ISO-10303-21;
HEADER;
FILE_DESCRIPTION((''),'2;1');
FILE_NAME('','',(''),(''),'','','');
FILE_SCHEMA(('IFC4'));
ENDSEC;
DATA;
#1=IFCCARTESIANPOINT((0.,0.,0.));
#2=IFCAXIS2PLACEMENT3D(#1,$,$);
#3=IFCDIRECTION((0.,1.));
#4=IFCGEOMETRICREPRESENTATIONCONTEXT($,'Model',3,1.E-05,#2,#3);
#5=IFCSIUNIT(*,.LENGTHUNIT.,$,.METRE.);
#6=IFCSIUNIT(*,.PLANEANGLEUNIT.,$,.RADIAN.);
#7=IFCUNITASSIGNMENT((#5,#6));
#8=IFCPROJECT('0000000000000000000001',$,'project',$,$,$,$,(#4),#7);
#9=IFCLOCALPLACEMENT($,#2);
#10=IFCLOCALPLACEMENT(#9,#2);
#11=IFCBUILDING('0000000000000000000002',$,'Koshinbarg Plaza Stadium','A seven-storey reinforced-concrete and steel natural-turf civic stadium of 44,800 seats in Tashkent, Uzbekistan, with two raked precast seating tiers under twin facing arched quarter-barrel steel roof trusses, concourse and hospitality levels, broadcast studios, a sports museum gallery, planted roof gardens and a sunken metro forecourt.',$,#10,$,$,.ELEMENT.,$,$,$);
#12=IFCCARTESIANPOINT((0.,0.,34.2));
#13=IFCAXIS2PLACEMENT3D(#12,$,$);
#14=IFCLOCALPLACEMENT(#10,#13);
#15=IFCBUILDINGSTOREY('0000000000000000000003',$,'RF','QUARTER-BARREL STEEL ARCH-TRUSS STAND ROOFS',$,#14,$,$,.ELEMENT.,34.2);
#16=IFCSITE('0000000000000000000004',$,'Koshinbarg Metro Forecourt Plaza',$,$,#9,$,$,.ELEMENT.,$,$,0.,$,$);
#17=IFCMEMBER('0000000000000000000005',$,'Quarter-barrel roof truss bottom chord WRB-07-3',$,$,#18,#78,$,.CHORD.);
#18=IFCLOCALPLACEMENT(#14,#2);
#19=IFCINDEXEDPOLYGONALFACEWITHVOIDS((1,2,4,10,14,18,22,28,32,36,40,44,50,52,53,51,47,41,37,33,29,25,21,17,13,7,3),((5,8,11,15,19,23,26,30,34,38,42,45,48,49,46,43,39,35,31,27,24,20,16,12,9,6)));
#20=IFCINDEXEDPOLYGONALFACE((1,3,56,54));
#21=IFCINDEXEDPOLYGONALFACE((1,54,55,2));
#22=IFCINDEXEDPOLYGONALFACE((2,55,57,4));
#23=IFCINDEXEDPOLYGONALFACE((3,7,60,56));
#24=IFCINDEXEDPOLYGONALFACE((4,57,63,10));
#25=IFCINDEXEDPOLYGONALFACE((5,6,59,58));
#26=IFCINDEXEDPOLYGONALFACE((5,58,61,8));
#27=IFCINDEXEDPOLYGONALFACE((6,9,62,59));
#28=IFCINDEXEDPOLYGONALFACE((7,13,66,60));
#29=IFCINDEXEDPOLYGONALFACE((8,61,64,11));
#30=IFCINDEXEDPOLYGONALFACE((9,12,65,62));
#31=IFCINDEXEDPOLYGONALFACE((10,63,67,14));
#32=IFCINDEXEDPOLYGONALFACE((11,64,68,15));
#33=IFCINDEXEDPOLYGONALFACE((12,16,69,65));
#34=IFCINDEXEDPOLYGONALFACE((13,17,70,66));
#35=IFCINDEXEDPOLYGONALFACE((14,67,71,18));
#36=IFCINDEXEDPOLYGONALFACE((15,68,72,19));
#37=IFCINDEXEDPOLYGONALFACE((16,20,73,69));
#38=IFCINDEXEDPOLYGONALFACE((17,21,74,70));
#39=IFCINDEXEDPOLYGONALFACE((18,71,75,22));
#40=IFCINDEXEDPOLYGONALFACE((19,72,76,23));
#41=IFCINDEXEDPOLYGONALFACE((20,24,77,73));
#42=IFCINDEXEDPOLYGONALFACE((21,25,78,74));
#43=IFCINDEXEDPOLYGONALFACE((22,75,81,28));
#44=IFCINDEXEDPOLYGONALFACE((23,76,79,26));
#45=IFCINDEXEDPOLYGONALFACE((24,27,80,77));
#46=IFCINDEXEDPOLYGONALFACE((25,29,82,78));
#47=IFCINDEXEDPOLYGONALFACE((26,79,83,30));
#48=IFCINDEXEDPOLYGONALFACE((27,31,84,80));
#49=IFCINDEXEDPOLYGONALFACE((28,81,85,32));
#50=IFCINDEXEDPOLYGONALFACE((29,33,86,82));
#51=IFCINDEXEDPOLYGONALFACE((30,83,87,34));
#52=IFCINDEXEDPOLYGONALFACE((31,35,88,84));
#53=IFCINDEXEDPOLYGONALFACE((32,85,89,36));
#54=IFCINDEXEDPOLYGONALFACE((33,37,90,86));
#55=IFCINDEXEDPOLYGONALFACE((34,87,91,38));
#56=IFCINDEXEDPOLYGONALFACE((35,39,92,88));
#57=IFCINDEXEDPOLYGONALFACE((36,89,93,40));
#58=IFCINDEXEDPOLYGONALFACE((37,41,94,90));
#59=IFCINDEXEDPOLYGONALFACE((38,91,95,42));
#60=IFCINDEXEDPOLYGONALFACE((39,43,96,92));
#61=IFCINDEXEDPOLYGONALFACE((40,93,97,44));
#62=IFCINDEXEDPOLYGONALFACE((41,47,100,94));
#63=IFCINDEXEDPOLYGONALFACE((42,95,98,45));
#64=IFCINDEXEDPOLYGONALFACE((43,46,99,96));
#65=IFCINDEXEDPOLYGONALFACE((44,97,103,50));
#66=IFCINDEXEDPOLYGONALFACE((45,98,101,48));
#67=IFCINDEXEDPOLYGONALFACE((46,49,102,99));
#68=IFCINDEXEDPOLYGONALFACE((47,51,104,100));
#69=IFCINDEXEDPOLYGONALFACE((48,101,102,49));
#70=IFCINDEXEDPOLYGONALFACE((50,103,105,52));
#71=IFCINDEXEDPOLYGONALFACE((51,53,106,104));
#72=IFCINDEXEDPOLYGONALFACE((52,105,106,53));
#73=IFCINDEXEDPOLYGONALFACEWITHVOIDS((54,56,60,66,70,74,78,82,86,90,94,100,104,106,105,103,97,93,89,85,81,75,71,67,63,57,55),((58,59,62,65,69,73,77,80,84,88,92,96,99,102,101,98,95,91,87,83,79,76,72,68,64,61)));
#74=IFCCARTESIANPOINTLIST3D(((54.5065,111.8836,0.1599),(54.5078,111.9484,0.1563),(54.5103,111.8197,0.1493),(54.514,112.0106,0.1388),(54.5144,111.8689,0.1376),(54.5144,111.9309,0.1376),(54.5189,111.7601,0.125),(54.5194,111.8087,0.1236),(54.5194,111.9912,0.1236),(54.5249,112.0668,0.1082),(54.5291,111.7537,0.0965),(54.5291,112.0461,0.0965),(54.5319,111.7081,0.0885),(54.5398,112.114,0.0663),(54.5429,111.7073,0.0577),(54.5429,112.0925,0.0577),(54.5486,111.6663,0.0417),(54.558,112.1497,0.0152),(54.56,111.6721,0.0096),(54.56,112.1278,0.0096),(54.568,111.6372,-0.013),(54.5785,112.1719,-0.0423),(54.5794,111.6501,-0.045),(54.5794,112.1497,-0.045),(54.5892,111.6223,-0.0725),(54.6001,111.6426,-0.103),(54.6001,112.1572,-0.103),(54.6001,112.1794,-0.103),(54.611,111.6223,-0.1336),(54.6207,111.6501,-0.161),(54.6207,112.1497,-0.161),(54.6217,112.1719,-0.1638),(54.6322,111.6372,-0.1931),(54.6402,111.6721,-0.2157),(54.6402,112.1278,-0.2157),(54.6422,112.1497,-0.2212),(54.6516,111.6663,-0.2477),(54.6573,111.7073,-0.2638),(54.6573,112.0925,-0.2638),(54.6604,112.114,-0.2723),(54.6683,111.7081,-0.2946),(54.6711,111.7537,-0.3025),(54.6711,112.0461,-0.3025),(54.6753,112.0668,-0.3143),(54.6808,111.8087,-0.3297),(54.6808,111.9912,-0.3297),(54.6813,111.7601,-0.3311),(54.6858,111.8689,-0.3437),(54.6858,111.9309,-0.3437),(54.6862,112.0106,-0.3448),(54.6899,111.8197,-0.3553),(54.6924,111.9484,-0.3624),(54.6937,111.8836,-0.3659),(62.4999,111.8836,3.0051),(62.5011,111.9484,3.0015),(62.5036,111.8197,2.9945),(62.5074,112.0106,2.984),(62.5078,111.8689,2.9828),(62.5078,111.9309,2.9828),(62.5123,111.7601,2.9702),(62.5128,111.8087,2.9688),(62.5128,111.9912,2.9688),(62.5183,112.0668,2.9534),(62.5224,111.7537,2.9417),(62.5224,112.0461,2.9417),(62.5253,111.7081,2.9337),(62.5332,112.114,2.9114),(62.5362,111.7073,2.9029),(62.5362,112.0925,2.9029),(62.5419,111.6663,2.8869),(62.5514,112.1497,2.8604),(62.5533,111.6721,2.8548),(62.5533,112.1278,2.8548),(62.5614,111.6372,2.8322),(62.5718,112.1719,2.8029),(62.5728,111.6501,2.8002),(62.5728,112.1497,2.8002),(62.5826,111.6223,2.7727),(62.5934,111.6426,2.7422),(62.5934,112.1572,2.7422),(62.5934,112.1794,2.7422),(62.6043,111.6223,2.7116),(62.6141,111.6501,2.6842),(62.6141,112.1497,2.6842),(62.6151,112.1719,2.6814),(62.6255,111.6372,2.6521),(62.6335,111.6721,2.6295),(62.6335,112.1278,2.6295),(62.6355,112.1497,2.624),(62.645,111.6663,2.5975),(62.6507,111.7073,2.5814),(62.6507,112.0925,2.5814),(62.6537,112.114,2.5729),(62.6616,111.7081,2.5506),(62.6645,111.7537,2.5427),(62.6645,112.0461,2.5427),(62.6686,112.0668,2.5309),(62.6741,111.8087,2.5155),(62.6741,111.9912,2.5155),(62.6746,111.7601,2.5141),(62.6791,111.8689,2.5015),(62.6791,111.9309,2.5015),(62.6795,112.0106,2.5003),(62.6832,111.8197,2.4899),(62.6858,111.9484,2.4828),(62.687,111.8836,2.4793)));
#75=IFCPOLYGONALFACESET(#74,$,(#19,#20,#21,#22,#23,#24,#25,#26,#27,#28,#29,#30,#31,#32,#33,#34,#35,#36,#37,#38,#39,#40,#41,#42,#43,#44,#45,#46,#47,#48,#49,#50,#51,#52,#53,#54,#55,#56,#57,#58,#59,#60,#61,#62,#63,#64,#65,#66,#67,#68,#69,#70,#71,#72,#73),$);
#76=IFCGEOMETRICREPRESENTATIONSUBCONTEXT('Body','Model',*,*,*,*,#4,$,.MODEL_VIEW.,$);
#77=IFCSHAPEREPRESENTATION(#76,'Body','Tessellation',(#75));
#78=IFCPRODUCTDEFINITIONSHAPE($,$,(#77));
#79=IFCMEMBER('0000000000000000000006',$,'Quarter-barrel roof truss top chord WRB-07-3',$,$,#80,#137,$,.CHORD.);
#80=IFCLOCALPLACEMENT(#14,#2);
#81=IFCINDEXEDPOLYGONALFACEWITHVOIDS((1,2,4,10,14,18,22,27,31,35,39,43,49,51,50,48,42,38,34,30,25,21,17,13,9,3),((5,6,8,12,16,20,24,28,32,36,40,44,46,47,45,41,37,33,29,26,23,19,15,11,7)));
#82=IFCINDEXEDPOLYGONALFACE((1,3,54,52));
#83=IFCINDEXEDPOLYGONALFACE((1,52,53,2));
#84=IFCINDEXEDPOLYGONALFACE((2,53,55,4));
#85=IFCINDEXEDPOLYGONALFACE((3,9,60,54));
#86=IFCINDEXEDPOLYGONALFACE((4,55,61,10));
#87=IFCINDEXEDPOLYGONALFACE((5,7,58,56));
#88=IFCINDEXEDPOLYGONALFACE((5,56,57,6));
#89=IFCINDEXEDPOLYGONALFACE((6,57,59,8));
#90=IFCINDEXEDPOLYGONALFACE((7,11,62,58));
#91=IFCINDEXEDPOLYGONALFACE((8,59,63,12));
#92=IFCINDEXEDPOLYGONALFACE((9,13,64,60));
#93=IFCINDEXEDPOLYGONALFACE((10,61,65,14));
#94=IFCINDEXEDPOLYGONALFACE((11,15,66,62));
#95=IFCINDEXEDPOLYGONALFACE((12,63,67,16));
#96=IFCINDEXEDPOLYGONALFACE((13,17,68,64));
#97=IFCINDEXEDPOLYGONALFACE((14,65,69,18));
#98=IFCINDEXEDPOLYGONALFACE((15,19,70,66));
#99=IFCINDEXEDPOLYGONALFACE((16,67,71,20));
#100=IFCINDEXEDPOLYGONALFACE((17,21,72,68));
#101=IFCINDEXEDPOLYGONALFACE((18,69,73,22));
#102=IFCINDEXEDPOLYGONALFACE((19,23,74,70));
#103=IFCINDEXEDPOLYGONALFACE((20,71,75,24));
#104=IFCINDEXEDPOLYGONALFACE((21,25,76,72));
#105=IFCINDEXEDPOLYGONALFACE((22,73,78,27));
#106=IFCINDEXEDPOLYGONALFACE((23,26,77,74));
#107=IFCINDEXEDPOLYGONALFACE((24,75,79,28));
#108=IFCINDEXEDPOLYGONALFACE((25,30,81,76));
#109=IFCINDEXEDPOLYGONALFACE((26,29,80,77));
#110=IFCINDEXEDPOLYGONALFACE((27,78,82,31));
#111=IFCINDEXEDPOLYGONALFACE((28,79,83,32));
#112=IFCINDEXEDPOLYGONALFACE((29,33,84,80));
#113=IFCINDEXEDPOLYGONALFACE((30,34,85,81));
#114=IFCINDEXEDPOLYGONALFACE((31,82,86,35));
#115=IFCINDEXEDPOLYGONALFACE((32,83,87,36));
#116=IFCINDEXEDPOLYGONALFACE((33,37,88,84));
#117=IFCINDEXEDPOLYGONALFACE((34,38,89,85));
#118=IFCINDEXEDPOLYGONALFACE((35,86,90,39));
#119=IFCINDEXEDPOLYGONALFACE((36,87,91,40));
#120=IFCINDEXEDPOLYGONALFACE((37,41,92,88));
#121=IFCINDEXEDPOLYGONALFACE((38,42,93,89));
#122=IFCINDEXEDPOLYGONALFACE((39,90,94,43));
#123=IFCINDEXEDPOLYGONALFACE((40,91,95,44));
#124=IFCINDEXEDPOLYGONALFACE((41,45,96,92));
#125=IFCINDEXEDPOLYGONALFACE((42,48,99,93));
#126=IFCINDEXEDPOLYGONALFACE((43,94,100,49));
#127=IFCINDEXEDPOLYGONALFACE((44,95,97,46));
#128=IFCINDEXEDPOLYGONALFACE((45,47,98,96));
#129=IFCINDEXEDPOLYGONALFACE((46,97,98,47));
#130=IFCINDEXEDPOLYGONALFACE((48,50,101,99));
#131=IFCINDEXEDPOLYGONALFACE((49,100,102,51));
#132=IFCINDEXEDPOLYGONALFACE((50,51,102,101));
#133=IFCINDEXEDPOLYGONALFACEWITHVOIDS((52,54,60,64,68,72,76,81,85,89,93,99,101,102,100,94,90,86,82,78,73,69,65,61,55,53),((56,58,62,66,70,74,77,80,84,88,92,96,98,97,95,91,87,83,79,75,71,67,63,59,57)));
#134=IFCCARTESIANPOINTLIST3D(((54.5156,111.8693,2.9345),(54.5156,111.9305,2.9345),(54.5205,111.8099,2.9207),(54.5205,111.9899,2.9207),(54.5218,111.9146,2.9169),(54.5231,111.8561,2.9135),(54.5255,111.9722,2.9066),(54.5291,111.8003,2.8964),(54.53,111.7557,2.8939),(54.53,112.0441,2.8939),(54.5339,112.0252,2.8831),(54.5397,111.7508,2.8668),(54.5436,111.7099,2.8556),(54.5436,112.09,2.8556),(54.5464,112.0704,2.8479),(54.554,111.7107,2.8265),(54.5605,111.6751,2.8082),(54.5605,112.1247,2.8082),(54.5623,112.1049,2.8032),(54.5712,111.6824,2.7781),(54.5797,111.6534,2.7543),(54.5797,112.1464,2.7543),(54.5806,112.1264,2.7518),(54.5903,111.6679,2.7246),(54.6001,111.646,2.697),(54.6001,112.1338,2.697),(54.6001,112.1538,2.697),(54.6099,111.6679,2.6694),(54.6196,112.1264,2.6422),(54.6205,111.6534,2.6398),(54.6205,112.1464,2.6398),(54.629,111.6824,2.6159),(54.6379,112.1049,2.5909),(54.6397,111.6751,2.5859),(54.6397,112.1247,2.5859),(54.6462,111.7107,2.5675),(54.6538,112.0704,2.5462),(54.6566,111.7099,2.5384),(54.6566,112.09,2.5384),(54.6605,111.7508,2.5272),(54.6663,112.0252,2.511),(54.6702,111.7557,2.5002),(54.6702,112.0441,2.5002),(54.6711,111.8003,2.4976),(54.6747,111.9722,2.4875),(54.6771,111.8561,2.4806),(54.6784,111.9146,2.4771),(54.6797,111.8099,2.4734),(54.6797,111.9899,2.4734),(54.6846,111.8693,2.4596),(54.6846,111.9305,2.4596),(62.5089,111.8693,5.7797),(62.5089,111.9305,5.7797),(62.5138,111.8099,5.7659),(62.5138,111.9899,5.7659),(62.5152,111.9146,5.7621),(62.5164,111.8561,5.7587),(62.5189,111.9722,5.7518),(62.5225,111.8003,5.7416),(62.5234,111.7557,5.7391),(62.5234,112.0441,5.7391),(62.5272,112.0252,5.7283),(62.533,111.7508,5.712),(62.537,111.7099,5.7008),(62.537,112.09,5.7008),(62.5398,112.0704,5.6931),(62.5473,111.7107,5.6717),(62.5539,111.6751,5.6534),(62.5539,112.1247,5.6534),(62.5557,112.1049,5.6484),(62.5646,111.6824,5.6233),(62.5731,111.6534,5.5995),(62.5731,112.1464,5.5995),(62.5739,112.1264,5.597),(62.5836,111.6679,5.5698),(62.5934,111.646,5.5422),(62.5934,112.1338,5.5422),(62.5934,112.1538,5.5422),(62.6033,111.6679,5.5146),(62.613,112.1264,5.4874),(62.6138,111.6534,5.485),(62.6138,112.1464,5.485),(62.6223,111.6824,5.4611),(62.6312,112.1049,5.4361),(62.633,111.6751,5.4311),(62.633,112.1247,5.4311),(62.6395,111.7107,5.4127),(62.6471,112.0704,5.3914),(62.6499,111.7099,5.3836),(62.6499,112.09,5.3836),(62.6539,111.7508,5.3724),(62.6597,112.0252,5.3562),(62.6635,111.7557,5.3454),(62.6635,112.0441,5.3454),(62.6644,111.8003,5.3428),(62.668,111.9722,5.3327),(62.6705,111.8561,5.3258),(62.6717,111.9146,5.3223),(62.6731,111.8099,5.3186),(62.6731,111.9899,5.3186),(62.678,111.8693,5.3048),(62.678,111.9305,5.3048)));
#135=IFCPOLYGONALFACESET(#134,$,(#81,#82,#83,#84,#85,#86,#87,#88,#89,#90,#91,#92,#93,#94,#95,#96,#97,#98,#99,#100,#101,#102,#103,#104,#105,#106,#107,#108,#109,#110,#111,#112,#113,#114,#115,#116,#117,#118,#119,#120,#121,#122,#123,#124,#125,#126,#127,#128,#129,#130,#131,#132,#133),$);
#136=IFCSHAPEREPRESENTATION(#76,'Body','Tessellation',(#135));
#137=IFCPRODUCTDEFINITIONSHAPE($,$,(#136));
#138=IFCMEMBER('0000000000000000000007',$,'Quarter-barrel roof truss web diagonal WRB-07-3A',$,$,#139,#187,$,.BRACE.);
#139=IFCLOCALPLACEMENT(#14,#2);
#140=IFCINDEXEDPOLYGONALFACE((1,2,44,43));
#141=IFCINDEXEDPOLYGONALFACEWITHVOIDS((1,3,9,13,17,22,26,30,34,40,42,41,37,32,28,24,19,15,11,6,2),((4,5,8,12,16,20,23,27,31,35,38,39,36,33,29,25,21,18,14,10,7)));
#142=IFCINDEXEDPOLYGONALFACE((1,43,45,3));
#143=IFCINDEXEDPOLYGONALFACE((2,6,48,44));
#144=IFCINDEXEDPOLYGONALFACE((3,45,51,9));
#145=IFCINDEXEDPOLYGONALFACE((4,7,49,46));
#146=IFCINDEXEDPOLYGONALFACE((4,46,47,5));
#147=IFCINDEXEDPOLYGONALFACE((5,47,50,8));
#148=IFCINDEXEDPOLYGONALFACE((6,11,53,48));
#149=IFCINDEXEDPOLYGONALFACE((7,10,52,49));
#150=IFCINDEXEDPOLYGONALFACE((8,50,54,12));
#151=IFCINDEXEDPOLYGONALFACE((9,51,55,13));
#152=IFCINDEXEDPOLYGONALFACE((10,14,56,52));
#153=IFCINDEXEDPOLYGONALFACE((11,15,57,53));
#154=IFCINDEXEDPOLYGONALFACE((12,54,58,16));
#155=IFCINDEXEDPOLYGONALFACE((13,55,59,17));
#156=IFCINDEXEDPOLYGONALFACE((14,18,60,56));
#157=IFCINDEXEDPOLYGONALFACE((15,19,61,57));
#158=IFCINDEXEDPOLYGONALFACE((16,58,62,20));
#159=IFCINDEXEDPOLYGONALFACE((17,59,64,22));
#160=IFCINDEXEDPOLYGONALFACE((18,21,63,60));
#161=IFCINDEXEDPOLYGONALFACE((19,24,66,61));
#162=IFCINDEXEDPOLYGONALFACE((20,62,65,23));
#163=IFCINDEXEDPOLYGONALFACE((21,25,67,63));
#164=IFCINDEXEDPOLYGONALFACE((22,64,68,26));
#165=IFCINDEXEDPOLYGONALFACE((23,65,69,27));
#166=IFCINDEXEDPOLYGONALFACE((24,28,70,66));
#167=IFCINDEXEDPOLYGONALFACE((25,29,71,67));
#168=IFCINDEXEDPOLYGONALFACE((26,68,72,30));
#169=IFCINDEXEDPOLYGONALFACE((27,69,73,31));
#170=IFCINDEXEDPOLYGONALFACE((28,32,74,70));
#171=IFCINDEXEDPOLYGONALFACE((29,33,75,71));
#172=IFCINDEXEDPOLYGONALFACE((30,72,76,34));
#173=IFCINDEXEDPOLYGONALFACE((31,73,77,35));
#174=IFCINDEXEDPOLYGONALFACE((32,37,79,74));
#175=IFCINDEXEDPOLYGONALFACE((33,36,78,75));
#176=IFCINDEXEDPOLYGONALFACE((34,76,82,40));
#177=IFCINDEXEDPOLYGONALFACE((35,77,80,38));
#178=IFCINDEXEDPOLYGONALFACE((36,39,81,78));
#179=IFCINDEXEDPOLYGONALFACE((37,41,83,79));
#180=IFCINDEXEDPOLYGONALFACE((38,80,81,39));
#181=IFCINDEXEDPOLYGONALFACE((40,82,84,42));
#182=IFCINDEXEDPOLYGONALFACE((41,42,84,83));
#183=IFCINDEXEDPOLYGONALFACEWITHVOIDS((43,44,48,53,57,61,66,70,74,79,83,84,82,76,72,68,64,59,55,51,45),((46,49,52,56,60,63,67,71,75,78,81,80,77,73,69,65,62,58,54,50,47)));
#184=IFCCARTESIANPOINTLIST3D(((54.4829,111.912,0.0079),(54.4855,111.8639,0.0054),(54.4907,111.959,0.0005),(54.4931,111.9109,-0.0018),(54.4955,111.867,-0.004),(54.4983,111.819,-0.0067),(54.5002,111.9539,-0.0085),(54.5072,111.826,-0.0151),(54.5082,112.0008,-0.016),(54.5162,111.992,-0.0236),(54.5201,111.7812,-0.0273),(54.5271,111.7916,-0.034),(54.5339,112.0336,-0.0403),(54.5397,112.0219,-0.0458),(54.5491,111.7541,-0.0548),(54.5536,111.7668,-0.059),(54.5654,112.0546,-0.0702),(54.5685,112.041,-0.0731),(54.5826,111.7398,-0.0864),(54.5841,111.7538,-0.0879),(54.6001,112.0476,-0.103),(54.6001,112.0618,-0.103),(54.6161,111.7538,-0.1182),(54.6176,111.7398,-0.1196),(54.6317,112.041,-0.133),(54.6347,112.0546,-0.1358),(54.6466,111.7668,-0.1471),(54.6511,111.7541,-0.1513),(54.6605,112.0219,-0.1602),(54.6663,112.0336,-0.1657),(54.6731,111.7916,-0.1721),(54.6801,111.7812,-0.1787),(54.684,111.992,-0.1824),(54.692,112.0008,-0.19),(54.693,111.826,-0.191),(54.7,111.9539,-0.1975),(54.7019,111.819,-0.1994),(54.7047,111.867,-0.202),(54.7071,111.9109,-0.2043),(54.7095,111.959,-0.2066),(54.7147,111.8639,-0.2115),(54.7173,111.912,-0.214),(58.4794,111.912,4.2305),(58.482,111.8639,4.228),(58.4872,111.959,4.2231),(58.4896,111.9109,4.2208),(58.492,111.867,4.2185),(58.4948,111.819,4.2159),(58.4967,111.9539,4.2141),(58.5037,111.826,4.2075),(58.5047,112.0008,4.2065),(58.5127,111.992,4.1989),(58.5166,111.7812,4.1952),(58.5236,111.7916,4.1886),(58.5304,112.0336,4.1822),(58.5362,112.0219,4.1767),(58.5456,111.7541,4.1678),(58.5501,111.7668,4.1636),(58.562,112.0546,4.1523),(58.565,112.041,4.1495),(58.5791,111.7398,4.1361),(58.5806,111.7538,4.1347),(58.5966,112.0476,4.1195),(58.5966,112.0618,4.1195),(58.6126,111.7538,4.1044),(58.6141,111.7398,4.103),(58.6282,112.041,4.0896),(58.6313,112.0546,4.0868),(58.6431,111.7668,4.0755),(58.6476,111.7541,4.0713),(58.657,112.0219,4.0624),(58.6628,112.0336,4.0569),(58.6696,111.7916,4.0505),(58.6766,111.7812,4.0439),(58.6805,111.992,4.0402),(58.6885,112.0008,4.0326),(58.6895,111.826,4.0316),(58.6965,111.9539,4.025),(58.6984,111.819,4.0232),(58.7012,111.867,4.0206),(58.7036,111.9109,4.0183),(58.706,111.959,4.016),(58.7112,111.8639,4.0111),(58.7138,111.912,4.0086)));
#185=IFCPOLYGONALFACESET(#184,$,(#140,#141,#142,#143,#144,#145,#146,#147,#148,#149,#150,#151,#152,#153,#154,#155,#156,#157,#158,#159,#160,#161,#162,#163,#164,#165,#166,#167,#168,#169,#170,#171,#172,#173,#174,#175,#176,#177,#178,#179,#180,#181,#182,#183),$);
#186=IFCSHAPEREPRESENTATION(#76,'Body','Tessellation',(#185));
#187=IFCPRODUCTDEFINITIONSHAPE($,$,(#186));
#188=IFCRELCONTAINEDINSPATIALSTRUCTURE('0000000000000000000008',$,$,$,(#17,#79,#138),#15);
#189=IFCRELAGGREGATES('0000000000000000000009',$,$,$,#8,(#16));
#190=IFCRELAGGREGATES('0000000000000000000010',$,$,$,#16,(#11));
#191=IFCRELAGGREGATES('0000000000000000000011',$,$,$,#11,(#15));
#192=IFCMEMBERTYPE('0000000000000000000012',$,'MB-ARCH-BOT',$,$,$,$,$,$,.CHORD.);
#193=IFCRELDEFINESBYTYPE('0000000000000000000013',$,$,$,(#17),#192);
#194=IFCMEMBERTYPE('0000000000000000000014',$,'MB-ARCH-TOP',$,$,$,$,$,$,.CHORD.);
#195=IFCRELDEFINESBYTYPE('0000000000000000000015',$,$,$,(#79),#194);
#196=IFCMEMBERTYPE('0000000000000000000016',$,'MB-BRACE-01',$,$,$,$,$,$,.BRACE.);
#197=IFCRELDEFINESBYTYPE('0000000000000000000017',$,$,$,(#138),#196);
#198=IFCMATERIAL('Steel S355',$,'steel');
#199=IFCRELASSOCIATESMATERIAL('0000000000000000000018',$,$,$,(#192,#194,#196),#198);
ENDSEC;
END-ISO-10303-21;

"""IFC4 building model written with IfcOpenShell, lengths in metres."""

from ifc_helpers import new_model, si_unit, direction, frame, origin, origin_2d, place, context, subcontext, project, spatial, hollow_circle, extrude, material, material_profile, profile_set, type_object, element, save


model = new_model("IFC4")

# Units and contexts
model_context = context("Model", 3, precision=1e-05, world=origin(), true_north=direction((0.0, 1.0)))
body_context = subcontext(model_context, "Body", "Model", "MODEL_VIEW")
ifc_project = project(units=[si_unit("LENGTHUNIT", "METRE"), si_unit("PLANEANGLEUNIT", "RADIAN")], contexts=[model_context])

# Site, building, storey
site_placement = place(None, origin())
site = spatial("IfcSite", under=ifc_project, at=site_placement, Name="Koshinbarg Metro Forecourt Plaza", CompositionType="ELEMENT", RefElevation=0.0)
building_placement = place(site_placement, origin())
building = spatial("IfcBuilding", under=site, at=building_placement, Name="Koshinbarg Plaza Stadium", Description="A seven-storey reinforced-concrete and steel natural-turf civic stadium of 44,800 seats in Tashkent, Uzbekistan, with two raked precast seating tiers under twin facing arched quarter-barrel steel roof trusses, concourse and hospitality levels, broadcast studios, a sports museum gallery, planted roof gardens and a sunken metro forecourt.", CompositionType="ELEMENT")
storey_placement = place(building_placement, frame((0.0, 0.0, 34.2)))
storey = spatial("IfcBuildingStorey", under=building, at=storey_placement, Name="RF", Description="QUARTER-BARREL STEEL ARCH-TRUSS STAND ROOFS", CompositionType="ELEMENT", Elevation=34.2)

# Shared definitions
ifc_material_1 = material(Name="Steel S355", Category="steel")

# Members
ifc_material_profile_1 = material_profile(ifc_material_1, hollow_circle(Radius=0.2795, WallThickness=0.0222, at=origin_2d()), Name="CHS 559x22.2")
ifc_profile_set_1 = profile_set([ifc_material_profile_1], Name="Steel S355")
member_type_1 = type_object("IfcMemberType", Name="MB-ARCH-BOT", PredefinedType="CHORD", material=ifc_profile_set_1)
member_1_placement = place(storey_placement, frame((54.6001, 111.8999, -0.103), z_axis=(0.942099, 0.0, 0.335335), x_axis=(0.0, 1.0, 0.0)))
element("IfcMember", 1, at=member_1_placement, inside=storey, type_object=member_type_1, Name="Quarter-barrel roof truss bottom chord WRB-07-3", PredefinedType="CHORD", context=body_context, shape_type="SweptSolid", body=[
    extrude(hollow_circle(Radius=0.2795, WallThickness=0.0222, at=origin_2d()), origin(), (0.0, 0.0, 1.0), 8.4846),
])
ifc_material_profile_2 = material_profile(ifc_material_1, hollow_circle(Radius=0.2539, WallThickness=0.02, at=origin_2d()), Name="CHS 508x20")
ifc_profile_set_2 = profile_set([ifc_material_profile_2], Name="Steel S355")
member_type_2 = type_object("IfcMemberType", Name="MB-ARCH-TOP", PredefinedType="CHORD", material=ifc_profile_set_2)
member_2_placement = place(storey_placement, frame((54.6001, 111.8999, 2.697), z_axis=(0.942099, 0.0, 0.335335), x_axis=(0.0, 1.0, 0.0)))
element("IfcMember", 2, at=member_2_placement, inside=storey, type_object=member_type_2, Name="Quarter-barrel roof truss top chord WRB-07-3", PredefinedType="CHORD", context=body_context, shape_type="SweptSolid", body=[
    extrude(hollow_circle(Radius=0.2539, WallThickness=0.02, at=origin_2d()), origin(), (0.0, 0.0, 1.0), 8.4846),
])
ifc_material_profile_3 = material_profile(ifc_material_1, hollow_circle(Radius=0.1619, WallThickness=0.0142, at=origin_2d()), Name="CHS 323.9x14.2")
ifc_profile_set_3 = profile_set([ifc_material_profile_3], Name="Steel S355")
member_type_3 = type_object("IfcMemberType", Name="MB-BRACE-01", PredefinedType="BRACE", material=ifc_profile_set_3)
member_3_placement = place(storey_placement, frame((54.6001, 111.8999, -0.103), z_axis=(0.687397, 0.0, 0.726281), x_axis=(0.0, 1.0, 0.0)))
element("IfcMember", 3, at=member_3_placement, inside=storey, type_object=member_type_3, Name="Quarter-barrel roof truss web diagonal WRB-07-3A", PredefinedType="BRACE", context=body_context, shape_type="SweptSolid", body=[
    extrude(hollow_circle(Radius=0.1619, WallThickness=0.0142, at=origin_2d()), origin(), (0.0, 0.0, 1.0), 5.814),
])

save(model, "model.ifc")
